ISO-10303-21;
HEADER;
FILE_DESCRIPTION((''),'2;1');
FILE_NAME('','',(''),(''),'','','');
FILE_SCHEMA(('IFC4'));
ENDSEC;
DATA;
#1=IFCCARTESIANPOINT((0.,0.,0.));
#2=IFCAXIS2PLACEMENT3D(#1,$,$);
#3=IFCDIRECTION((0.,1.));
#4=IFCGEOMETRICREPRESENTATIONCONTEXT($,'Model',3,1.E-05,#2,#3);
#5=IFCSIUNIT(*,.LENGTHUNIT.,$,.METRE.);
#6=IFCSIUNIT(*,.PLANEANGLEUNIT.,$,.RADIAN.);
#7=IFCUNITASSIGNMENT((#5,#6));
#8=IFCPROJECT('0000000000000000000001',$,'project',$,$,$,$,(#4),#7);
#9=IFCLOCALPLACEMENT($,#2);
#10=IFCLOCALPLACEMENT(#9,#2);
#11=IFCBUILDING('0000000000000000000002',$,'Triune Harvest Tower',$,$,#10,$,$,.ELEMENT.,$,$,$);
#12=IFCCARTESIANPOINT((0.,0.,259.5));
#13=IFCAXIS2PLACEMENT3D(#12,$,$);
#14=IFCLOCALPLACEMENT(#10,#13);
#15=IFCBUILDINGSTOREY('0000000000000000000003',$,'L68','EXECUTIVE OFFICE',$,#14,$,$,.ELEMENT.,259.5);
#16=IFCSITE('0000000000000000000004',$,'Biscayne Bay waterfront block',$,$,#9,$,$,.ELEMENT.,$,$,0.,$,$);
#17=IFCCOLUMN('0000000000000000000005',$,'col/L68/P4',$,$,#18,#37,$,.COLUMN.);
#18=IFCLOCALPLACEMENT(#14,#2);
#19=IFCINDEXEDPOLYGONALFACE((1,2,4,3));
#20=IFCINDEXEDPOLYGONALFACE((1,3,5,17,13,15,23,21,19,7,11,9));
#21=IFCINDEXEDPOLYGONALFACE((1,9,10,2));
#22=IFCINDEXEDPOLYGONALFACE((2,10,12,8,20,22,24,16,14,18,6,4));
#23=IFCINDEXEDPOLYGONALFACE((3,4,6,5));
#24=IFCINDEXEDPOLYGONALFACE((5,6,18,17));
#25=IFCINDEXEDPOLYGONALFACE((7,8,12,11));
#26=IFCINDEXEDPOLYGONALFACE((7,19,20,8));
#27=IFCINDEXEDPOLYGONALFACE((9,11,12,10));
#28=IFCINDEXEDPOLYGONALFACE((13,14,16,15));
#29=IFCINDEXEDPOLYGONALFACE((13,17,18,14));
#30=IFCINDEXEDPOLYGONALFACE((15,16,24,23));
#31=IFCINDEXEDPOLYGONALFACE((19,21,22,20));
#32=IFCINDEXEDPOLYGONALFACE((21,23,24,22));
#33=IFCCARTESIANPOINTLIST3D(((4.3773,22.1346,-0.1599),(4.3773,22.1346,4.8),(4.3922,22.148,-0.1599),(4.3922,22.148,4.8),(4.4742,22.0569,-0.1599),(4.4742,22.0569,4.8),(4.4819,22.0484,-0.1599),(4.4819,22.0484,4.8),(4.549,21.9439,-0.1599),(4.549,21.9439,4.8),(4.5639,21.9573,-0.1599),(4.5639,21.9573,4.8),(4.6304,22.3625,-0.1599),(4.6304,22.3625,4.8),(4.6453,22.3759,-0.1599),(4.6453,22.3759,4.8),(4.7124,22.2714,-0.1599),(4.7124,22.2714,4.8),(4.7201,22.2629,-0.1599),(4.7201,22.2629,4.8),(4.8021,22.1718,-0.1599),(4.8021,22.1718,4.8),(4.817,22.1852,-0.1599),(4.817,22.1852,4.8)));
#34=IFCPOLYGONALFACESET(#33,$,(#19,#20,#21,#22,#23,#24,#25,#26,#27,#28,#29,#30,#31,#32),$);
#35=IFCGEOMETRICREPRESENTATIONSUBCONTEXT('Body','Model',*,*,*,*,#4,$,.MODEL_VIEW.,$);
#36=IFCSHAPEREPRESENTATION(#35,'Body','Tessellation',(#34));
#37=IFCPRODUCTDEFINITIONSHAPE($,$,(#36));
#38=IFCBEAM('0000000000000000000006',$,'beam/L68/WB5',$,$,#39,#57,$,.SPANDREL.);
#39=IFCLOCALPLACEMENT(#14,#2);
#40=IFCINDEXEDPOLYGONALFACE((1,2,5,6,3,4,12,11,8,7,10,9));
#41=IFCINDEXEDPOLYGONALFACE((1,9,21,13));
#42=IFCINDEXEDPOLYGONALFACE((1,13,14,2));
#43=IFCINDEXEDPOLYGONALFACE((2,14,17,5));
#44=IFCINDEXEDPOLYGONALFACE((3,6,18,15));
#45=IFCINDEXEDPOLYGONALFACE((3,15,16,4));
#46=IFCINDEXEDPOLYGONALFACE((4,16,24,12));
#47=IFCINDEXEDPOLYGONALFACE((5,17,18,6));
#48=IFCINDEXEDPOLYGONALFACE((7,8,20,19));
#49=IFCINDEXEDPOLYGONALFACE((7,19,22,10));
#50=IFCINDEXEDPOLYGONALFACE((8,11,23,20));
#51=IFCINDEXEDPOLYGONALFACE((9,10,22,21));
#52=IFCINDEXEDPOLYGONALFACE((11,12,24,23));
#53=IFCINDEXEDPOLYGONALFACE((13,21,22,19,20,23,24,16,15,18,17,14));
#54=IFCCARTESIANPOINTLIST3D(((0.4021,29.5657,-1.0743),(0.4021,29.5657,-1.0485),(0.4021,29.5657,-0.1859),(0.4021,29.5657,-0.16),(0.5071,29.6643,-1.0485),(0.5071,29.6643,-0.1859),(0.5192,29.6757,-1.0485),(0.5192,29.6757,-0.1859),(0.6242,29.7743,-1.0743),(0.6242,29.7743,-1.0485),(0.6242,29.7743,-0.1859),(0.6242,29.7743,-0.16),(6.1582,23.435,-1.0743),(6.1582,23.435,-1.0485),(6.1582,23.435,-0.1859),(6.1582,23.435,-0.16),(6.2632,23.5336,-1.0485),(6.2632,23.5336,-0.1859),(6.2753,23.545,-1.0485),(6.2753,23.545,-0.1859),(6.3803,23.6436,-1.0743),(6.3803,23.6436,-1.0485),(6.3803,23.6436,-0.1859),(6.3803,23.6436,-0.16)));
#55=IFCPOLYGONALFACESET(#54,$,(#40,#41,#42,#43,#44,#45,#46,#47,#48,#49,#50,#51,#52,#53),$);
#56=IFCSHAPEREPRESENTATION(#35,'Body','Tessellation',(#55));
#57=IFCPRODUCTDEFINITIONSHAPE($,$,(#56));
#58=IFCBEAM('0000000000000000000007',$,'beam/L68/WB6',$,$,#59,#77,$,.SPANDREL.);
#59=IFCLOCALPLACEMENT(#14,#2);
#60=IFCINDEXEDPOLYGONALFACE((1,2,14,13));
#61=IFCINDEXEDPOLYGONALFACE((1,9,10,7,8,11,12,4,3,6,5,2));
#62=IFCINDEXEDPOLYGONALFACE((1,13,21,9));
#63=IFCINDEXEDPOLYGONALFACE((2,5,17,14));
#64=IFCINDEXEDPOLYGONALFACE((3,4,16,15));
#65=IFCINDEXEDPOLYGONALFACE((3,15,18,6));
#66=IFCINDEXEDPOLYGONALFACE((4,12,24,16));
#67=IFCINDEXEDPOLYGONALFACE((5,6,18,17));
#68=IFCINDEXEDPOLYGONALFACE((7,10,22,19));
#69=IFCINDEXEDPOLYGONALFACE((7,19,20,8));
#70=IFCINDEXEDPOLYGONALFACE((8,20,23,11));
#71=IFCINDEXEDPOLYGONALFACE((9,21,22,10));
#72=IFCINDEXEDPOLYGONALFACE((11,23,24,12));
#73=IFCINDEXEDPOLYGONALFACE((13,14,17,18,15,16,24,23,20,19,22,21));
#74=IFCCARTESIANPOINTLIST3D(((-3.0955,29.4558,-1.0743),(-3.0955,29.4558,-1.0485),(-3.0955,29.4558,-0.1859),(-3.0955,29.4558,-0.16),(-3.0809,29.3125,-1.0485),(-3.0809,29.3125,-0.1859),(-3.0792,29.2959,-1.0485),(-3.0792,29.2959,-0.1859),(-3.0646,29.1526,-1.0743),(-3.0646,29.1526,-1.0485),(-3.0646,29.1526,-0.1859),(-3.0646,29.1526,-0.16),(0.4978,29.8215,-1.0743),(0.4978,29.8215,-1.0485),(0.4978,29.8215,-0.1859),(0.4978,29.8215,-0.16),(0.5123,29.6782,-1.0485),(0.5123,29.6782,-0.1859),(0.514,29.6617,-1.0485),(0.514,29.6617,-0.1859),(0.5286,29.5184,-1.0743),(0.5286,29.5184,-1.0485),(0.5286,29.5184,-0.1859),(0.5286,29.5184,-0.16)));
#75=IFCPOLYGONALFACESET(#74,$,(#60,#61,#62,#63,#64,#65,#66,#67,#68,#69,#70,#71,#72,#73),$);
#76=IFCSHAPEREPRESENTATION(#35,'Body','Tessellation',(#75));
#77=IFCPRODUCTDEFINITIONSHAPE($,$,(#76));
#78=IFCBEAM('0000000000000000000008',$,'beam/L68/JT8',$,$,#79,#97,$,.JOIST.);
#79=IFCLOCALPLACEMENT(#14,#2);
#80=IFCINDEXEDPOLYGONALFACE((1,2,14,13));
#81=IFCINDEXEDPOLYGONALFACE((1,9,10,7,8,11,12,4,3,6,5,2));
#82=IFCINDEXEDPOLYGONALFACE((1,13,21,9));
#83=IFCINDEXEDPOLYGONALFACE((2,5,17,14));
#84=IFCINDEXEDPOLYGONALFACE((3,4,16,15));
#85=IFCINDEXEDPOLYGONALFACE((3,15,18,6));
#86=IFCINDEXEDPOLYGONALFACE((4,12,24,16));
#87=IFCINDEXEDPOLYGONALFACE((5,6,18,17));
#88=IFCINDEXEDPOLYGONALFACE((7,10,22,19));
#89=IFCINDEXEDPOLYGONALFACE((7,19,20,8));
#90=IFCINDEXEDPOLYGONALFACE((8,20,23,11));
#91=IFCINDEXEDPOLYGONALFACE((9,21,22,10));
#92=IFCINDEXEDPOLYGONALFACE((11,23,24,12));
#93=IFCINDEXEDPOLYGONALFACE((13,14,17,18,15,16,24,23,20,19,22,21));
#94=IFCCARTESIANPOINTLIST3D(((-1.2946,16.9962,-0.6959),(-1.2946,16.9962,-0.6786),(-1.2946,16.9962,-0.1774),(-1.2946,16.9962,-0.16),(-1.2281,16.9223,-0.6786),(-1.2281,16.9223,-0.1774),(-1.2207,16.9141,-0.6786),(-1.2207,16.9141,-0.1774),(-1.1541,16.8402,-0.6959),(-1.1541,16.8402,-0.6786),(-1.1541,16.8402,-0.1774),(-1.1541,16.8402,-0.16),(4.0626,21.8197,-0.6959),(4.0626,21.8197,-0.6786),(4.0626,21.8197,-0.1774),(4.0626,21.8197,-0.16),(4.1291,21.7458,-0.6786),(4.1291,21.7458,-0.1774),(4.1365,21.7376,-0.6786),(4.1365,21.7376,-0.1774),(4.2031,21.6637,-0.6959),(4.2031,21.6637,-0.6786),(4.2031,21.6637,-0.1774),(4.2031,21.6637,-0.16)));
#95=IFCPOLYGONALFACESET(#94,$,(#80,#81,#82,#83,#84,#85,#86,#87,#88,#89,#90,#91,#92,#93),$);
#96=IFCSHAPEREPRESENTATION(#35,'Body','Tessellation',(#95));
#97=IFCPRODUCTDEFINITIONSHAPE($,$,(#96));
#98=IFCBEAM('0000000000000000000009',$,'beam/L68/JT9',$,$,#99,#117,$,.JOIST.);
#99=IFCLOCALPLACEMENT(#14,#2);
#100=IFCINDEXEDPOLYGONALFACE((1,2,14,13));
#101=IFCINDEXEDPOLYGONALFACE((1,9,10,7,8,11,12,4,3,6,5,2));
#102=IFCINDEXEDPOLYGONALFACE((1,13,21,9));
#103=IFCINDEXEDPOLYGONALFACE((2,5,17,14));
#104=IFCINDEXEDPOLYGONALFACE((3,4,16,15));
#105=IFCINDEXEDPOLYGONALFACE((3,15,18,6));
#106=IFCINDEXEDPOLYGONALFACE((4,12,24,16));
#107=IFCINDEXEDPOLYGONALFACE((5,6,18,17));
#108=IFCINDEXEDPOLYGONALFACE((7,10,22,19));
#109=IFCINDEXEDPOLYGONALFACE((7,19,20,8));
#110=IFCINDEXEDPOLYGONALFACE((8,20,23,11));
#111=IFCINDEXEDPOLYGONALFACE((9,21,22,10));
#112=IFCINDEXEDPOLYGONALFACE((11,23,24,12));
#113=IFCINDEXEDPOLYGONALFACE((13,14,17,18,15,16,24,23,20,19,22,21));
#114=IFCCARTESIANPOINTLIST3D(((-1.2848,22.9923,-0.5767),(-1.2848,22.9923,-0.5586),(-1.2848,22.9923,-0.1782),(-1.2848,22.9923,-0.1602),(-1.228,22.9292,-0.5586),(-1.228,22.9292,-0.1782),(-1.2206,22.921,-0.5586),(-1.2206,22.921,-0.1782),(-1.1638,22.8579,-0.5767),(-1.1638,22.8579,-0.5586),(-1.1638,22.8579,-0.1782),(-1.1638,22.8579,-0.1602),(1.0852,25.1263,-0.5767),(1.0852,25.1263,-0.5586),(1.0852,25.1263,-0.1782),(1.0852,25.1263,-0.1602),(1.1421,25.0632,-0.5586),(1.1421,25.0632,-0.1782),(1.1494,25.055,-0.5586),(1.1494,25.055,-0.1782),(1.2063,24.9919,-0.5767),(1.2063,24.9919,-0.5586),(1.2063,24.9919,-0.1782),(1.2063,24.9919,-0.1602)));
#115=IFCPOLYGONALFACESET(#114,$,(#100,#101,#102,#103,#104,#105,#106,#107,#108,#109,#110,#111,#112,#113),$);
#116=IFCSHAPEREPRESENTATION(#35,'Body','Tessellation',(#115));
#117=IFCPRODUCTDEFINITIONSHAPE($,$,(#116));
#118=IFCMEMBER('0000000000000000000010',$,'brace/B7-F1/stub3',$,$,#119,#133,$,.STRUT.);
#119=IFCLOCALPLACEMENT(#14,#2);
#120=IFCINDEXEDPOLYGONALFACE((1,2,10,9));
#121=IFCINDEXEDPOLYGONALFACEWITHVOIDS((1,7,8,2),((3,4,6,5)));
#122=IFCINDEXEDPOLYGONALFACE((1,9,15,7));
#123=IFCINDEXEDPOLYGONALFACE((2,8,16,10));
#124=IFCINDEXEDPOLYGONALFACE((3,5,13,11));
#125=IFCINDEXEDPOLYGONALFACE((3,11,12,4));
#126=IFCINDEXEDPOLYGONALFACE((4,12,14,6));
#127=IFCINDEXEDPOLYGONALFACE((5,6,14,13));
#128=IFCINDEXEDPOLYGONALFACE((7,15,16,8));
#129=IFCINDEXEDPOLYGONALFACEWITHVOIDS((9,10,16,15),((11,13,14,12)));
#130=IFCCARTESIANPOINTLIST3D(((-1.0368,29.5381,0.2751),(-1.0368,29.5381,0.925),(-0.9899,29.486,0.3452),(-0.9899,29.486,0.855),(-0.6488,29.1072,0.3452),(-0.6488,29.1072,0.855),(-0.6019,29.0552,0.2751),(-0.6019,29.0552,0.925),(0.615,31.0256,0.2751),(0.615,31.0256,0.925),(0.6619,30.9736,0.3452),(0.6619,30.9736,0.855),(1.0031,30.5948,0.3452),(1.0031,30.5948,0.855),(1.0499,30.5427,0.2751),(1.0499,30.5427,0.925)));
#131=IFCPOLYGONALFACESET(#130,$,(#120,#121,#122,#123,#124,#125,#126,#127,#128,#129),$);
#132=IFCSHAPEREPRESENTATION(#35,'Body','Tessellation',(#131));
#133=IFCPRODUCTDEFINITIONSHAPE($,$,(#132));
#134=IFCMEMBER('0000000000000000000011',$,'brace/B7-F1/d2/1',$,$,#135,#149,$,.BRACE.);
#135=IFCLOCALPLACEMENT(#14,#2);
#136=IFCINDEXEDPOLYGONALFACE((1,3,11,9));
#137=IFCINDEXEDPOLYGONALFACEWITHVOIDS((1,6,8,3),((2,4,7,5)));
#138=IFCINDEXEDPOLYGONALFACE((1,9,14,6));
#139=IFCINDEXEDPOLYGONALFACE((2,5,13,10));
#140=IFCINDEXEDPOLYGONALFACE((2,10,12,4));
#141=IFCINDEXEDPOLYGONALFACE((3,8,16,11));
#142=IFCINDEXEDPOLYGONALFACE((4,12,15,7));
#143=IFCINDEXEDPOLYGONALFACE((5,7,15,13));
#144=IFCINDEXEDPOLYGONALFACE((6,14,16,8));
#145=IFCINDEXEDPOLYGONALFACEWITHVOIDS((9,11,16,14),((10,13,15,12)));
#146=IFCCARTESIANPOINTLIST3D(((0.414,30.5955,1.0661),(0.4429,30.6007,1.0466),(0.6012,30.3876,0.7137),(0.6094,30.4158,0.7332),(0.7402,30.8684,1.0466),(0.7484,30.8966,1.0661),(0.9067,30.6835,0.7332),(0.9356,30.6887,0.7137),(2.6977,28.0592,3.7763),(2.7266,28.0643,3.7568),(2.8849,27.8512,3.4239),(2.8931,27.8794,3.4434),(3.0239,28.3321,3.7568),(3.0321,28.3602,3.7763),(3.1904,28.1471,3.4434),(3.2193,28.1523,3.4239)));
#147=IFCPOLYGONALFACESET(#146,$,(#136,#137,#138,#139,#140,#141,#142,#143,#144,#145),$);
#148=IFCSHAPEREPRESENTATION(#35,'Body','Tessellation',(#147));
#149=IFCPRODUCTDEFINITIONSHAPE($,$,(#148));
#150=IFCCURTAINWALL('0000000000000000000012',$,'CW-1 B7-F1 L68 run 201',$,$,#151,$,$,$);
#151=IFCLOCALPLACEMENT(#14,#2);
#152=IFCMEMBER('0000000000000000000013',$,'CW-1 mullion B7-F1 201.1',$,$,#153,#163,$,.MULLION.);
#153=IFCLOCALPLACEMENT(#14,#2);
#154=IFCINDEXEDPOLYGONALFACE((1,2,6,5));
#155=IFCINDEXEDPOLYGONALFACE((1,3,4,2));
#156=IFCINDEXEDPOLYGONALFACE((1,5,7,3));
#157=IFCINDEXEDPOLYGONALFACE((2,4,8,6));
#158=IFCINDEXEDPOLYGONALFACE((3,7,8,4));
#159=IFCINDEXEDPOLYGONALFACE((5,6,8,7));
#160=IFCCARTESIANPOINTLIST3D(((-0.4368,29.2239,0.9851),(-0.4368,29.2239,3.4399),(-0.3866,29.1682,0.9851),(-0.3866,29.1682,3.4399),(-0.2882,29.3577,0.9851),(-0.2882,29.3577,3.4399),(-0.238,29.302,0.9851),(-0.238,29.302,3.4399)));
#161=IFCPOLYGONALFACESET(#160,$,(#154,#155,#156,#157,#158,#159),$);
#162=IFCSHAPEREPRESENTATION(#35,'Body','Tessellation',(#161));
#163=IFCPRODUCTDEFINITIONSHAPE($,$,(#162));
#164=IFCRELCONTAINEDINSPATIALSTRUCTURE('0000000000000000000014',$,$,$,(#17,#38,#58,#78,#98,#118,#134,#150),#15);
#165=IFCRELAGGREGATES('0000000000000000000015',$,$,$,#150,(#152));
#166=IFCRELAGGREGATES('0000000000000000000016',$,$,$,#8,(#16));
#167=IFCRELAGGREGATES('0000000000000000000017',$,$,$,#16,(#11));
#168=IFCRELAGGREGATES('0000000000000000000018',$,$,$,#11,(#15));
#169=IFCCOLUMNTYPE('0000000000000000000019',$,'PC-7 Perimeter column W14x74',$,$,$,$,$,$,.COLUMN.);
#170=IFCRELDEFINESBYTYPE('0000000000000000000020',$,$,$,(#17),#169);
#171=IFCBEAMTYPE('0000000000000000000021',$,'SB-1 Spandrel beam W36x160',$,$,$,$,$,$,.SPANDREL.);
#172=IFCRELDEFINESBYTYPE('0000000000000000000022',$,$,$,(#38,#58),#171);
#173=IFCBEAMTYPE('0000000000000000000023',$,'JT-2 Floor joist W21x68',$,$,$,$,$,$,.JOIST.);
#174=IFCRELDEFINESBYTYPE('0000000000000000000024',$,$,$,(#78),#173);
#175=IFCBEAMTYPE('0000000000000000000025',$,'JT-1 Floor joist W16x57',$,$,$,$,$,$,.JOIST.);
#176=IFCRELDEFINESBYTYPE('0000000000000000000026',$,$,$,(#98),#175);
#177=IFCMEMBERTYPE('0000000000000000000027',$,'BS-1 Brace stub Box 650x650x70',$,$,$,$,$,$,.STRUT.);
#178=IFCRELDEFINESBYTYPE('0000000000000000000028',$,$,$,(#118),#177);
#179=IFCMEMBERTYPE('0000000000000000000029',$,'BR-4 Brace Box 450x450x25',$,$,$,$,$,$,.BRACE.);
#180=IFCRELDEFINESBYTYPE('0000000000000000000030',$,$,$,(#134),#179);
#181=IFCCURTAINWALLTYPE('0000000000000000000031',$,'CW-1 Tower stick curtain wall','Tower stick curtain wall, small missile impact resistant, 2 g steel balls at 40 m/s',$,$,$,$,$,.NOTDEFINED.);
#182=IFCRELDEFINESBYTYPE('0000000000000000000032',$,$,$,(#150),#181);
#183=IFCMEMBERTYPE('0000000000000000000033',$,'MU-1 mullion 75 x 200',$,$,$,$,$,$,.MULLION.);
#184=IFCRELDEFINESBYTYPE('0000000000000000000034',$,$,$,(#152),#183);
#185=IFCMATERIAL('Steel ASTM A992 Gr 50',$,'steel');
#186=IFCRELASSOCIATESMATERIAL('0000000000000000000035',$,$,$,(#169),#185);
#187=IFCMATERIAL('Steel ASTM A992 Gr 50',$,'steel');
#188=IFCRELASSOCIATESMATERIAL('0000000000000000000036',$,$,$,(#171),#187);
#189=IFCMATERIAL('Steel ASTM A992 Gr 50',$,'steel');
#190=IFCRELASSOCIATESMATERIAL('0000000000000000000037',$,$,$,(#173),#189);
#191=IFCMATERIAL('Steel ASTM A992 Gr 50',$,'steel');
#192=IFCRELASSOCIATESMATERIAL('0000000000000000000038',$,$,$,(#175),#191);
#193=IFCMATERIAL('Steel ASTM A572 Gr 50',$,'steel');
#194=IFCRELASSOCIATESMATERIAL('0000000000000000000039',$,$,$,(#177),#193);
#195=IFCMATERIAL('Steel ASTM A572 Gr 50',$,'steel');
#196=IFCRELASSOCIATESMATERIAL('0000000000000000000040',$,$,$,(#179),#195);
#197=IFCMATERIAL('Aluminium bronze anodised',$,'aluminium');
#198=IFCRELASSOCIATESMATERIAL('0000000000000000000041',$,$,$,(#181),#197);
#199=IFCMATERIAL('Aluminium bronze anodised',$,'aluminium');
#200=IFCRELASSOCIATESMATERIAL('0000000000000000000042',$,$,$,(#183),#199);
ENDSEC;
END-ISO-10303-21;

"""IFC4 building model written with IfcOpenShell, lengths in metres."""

from ifc_helpers import new_model, si_unit, direction, frame, origin, origin_2d, place, context, subcontext, project, spatial, rectangle, hollow_rectangle, i_section, extrude, source, transform, mapped, material, material_profile, profile_set, type_object, element, aggregate, save


model = new_model("IFC4")

# Units and contexts
model_context = context("Model", 3, precision=1e-05, world=origin(), true_north=direction((0.0, 1.0)))
body_context = subcontext(model_context, "Body", "Model", "MODEL_VIEW")
ifc_project = project(units=[si_unit("LENGTHUNIT", "METRE"), si_unit("PLANEANGLEUNIT", "RADIAN")], contexts=[model_context])

# Site, building, storey
site_placement = place(None, origin())
site = spatial("IfcSite", under=ifc_project, at=site_placement, Name="Biscayne Bay waterfront block", CompositionType="ELEMENT", RefElevation=0.0)
building_placement = place(site_placement, origin())
building = spatial("IfcBuilding", under=site, at=building_placement, Name="Triune Harvest Tower", CompositionType="ELEMENT")
storey_placement = place(building_placement, frame((0.0, 0.0, 259.5)))
storey = spatial("IfcBuildingStorey", under=building, at=storey_placement, Name="L68", Description="EXECUTIVE OFFICE", CompositionType="ELEMENT", Elevation=259.5)

# Column
ifc_material_1 = material(Name="Steel ASTM A992 Gr 50", Category="steel")
ifc_material_profile_1 = material_profile(ifc_material_1, i_section(OverallWidth=0.2566, OverallDepth=0.3606, WebThickness=0.0115, FlangeThickness=0.02, at=origin_2d()), Name="W14x74")
ifc_profile_set_1 = profile_set([ifc_material_profile_1], Name="Steel ASTM A992 Gr 50")
column_type = type_object("IfcColumnType", Name="PC-7 Perimeter column W14x74", PredefinedType="COLUMN", material=ifc_profile_set_1)
shared_shape_1 = source(origin(), body_context, "Body", "SweptSolid", [
    extrude(i_section(OverallWidth=0.2566, OverallDepth=0.3606, WebThickness=0.0115, FlangeThickness=0.02, at=origin_2d()), origin(), (0.0, 0.0, 1.0), 4.96),
])
column_placement = place(storey_placement, frame((4.5972, 22.1599, -0.1599), z_axis=(0.0, 0.0, 1.0), x_axis=(-0.669131, 0.743145, 0.0)))
element("IfcColumn", 1, at=column_placement, inside=storey, type_object=column_type, Name="col/L68/P4", PredefinedType="COLUMN", context=body_context, shape_type="MappedRepresentation", body=[
    mapped(shared_shape_1, transform((0.0, 0.0, 0.0), scale=1.0)),
])

# Beams
ifc_material_2 = material(Name="Steel ASTM A992 Gr 50", Category="steel")
ifc_material_profile_2 = material_profile(ifc_material_2, i_section(OverallWidth=0.3047, OverallDepth=0.9143, WebThickness=0.0166, FlangeThickness=0.0259, at=origin_2d()), Name="W36x160")
ifc_profile_set_2 = profile_set([ifc_material_profile_2], Name="Steel ASTM A992 Gr 50")
beam_type_1 = type_object("IfcBeamType", Name="SB-1 Spandrel beam W36x160", PredefinedType="SPANDREL", material=ifc_profile_set_2)
beam_1_placement = place(storey_placement, frame((6.2693, 23.5393, -0.6172), z_axis=(-0.684489, 0.729024, 0.0), x_axis=(-0.729024, -0.684489, 0.0)))
element("IfcBeam", 2, at=beam_1_placement, inside=storey, type_object=beam_type_1, Name="beam/L68/WB5", PredefinedType="SPANDREL", context=body_context, shape_type="SweptSolid", body=[
    extrude(i_section(OverallWidth=0.3047, OverallDepth=0.9143, WebThickness=0.0166, FlangeThickness=0.0259, at=origin_2d()), origin(), (0.0, 0.0, 1.0), 8.4094),
])
beam_2_placement = place(storey_placement, frame((0.5132, 29.6699, -0.6172), z_axis=(-0.99486, -0.101257, 0.0), x_axis=(0.101257, -0.99486, 0.0)))
element("IfcBeam", 3, at=beam_2_placement, inside=storey, type_object=beam_type_1, Name="beam/L68/WB6", PredefinedType="SPANDREL", context=body_context, shape_type="SweptSolid", body=[
    extrude(i_section(OverallWidth=0.3047, OverallDepth=0.9143, WebThickness=0.0166, FlangeThickness=0.0259, at=origin_2d()), origin(), (0.0, 0.0, 1.0), 3.6118),
])
ifc_material_3 = material(Name="Steel ASTM A992 Gr 50", Category="steel")
ifc_material_profile_3 = material_profile(ifc_material_3, i_section(OverallWidth=0.21, OverallDepth=0.5359, WebThickness=0.011, FlangeThickness=0.0173, at=origin_2d()), Name="W21x68")
ifc_profile_set_3 = profile_set([ifc_material_profile_3], Name="Steel ASTM A992 Gr 50")
beam_type_2 = type_object("IfcBeamType", Name="JT-2 Floor joist W21x68", PredefinedType="JOIST", material=ifc_profile_set_3)
shared_shape_2 = source(origin(), body_context, "Body", "SweptSolid", [
    extrude(i_section(OverallWidth=0.21, OverallDepth=0.5359, WebThickness=0.011, FlangeThickness=0.0173, at=origin_2d()), origin(), (0.0, 0.0, 1.0), 7.2087),
])
beam_3_placement = place(storey_placement, frame((4.1328, 21.7417, -0.428), z_axis=(-0.743154, -0.66912, 0.0), x_axis=(0.66912, -0.743154, 0.0)))
element("IfcBeam", 4, at=beam_3_placement, inside=storey, type_object=beam_type_2, Name="beam/L68/JT8", PredefinedType="JOIST", context=body_context, shape_type="MappedRepresentation", body=[
    mapped(shared_shape_2, transform((0.0, 0.0, 0.0), scale=1.0)),
])
ifc_material_4 = material(Name="Steel ASTM A992 Gr 50", Category="steel")
ifc_material_profile_4 = material_profile(ifc_material_4, i_section(OverallWidth=0.1809, OverallDepth=0.4165, WebThickness=0.011, FlangeThickness=0.0181, at=origin_2d()), Name="W16x57")
ifc_profile_set_4 = profile_set([ifc_material_profile_4], Name="Steel ASTM A992 Gr 50")
beam_type_3 = type_object("IfcBeamType", Name="JT-1 Floor joist W16x57", PredefinedType="JOIST", material=ifc_profile_set_4)
shared_shape_3 = source(origin(), body_context, "Body", "SweptSolid", [
    extrude(i_section(OverallWidth=0.1809, OverallDepth=0.4165, WebThickness=0.011, FlangeThickness=0.0181, at=origin_2d()), origin(), (0.0, 0.0, 1.0), 3.1892),
])
beam_4_placement = place(storey_placement, frame((1.1458, 25.0591, -0.3684), z_axis=(-0.743149, -0.669125, 0.0), x_axis=(0.669125, -0.743149, 0.0)))
element("IfcBeam", 5, at=beam_4_placement, inside=storey, type_object=beam_type_3, Name="beam/L68/JT9", PredefinedType="JOIST", context=body_context, shape_type="MappedRepresentation", body=[
    mapped(shared_shape_3, transform((0.0, 0.0, 0.0), scale=1.0)),
])

# Members
ifc_material_5 = material(Name="Steel ASTM A572 Gr 50", Category="steel")
ifc_material_profile_5 = material_profile(ifc_material_5, hollow_rectangle(XDim=0.6499, YDim=0.6499, WallThickness=0.0701, at=origin_2d()), Name="Box 650x650x70")
ifc_profile_set_5 = profile_set([ifc_material_profile_5], Name="Steel ASTM A572 Gr 50")
member_type_1 = type_object("IfcMemberType", Name="BS-1 Brace stub Box 650x650x70", PredefinedType="STRUT", material=ifc_profile_set_5)
shared_shape_4 = source(origin(), body_context, "Body", "SweptSolid", [
    extrude(hollow_rectangle(XDim=0.6499, YDim=0.6499, WallThickness=0.0701, at=origin_2d()), origin(), (0.0, 0.0, 1.0), 2.2229),
])
member_1_placement = place(storey_placement, frame((-0.8193, 29.2966, 0.6001), z_axis=(0.743098, 0.669183, 0.0), x_axis=(-0.669183, 0.743098, 0.0)))
element("IfcMember", 6, at=member_1_placement, inside=storey, type_object=member_type_1, Name="brace/B7-F1/stub3", PredefinedType="STRUT", context=body_context, shape_type="MappedRepresentation", body=[
    mapped(shared_shape_4, transform((0.0, 0.0, 0.0), scale=1.0)),
])
ifc_material_6 = material(Name="Steel ASTM A572 Gr 50", Category="steel")
ifc_material_profile_6 = material_profile(ifc_material_6, hollow_rectangle(XDim=0.45, YDim=0.45, WallThickness=0.0249, at=origin_2d()), Name="Box 450x450x25")
ifc_profile_set_6 = profile_set([ifc_material_profile_6], Name="Steel ASTM A572 Gr 50")
member_type_2 = type_object("IfcMemberType", Name="BR-4 Brace Box 450x450x25", PredefinedType="BRACE", material=ifc_profile_set_6)
shared_shape_5 = source(origin(), body_context, "Body", "SweptSolid", [
    extrude(hollow_rectangle(XDim=0.45, YDim=0.45, WallThickness=0.0249, at=origin_2d()), origin(), (0.0, 0.0, 1.0), 4.3582),
])
member_2_placement = place(storey_placement, frame((0.6748, 30.6421, 0.8899), z_axis=(0.524002, -0.581982, 0.621867), x_axis=(0.743155, 0.669119, 0.0)))
element("IfcMember", 7, at=member_2_placement, inside=storey, type_object=member_type_2, Name="brace/B7-F1/d2/1", PredefinedType="BRACE", context=body_context, shape_type="MappedRepresentation", body=[
    mapped(shared_shape_5, transform((0.0, 0.0, 0.0), scale=1.0)),
])

# Curtain wall, member
ifc_material_7 = material(Name="Aluminium bronze anodised", Category="aluminium")
curtain_wall_type_1 = type_object("IfcCurtainWallType", Name="CW-1 Tower stick curtain wall", Description="Tower stick curtain wall, small missile impact resistant, 2 g steel balls at 40 m/s", PredefinedType="NOTDEFINED", material=ifc_material_7)
curtain_wall_1_placement = place(storey_placement, origin())
curtain_wall_1 = element("IfcCurtainWall", 8, at=curtain_wall_1_placement, inside=storey, type_object=curtain_wall_type_1, Name="CW-1 B7-F1 L68 run 201")
ifc_material_8 = material(Name="Aluminium bronze anodised", Category="aluminium")
ifc_material_profile_7 = material_profile(ifc_material_8, rectangle(XDim=0.2, YDim=0.075, at=origin_2d()), Name="MU-1 mullion 75 x 200")
ifc_profile_set_7 = profile_set([ifc_material_profile_7], Name="Aluminium bronze anodised")
member_type_3 = type_object("IfcMemberType", Name="MU-1 mullion 75 x 200", PredefinedType="MULLION", material=ifc_profile_set_7)
shared_shape_6 = source(origin(), body_context, "Body", "SweptSolid", [
    extrude(rectangle(XDim=0.2, YDim=0.075, at=origin_2d()), origin(), (0.0, 0.0, 1.0), 2.4548),
])
member_3_placement = place(storey_placement, frame((-0.3374, 29.2629, 0.9851), z_axis=(0.0, 0.0, 1.0), x_axis=(-0.743132, -0.669145, 0.0)))
member_3 = element("IfcMember", 9, at=member_3_placement, type_object=member_type_3, Name="CW-1 mullion B7-F1 201.1", PredefinedType="MULLION", context=body_context, shape_type="MappedRepresentation", body=[
    mapped(shared_shape_6, transform((0.0, 0.0, 0.0), scale=1.0)),
])

aggregate(curtain_wall_1, [member_3])

save(model, "model.ifc")
